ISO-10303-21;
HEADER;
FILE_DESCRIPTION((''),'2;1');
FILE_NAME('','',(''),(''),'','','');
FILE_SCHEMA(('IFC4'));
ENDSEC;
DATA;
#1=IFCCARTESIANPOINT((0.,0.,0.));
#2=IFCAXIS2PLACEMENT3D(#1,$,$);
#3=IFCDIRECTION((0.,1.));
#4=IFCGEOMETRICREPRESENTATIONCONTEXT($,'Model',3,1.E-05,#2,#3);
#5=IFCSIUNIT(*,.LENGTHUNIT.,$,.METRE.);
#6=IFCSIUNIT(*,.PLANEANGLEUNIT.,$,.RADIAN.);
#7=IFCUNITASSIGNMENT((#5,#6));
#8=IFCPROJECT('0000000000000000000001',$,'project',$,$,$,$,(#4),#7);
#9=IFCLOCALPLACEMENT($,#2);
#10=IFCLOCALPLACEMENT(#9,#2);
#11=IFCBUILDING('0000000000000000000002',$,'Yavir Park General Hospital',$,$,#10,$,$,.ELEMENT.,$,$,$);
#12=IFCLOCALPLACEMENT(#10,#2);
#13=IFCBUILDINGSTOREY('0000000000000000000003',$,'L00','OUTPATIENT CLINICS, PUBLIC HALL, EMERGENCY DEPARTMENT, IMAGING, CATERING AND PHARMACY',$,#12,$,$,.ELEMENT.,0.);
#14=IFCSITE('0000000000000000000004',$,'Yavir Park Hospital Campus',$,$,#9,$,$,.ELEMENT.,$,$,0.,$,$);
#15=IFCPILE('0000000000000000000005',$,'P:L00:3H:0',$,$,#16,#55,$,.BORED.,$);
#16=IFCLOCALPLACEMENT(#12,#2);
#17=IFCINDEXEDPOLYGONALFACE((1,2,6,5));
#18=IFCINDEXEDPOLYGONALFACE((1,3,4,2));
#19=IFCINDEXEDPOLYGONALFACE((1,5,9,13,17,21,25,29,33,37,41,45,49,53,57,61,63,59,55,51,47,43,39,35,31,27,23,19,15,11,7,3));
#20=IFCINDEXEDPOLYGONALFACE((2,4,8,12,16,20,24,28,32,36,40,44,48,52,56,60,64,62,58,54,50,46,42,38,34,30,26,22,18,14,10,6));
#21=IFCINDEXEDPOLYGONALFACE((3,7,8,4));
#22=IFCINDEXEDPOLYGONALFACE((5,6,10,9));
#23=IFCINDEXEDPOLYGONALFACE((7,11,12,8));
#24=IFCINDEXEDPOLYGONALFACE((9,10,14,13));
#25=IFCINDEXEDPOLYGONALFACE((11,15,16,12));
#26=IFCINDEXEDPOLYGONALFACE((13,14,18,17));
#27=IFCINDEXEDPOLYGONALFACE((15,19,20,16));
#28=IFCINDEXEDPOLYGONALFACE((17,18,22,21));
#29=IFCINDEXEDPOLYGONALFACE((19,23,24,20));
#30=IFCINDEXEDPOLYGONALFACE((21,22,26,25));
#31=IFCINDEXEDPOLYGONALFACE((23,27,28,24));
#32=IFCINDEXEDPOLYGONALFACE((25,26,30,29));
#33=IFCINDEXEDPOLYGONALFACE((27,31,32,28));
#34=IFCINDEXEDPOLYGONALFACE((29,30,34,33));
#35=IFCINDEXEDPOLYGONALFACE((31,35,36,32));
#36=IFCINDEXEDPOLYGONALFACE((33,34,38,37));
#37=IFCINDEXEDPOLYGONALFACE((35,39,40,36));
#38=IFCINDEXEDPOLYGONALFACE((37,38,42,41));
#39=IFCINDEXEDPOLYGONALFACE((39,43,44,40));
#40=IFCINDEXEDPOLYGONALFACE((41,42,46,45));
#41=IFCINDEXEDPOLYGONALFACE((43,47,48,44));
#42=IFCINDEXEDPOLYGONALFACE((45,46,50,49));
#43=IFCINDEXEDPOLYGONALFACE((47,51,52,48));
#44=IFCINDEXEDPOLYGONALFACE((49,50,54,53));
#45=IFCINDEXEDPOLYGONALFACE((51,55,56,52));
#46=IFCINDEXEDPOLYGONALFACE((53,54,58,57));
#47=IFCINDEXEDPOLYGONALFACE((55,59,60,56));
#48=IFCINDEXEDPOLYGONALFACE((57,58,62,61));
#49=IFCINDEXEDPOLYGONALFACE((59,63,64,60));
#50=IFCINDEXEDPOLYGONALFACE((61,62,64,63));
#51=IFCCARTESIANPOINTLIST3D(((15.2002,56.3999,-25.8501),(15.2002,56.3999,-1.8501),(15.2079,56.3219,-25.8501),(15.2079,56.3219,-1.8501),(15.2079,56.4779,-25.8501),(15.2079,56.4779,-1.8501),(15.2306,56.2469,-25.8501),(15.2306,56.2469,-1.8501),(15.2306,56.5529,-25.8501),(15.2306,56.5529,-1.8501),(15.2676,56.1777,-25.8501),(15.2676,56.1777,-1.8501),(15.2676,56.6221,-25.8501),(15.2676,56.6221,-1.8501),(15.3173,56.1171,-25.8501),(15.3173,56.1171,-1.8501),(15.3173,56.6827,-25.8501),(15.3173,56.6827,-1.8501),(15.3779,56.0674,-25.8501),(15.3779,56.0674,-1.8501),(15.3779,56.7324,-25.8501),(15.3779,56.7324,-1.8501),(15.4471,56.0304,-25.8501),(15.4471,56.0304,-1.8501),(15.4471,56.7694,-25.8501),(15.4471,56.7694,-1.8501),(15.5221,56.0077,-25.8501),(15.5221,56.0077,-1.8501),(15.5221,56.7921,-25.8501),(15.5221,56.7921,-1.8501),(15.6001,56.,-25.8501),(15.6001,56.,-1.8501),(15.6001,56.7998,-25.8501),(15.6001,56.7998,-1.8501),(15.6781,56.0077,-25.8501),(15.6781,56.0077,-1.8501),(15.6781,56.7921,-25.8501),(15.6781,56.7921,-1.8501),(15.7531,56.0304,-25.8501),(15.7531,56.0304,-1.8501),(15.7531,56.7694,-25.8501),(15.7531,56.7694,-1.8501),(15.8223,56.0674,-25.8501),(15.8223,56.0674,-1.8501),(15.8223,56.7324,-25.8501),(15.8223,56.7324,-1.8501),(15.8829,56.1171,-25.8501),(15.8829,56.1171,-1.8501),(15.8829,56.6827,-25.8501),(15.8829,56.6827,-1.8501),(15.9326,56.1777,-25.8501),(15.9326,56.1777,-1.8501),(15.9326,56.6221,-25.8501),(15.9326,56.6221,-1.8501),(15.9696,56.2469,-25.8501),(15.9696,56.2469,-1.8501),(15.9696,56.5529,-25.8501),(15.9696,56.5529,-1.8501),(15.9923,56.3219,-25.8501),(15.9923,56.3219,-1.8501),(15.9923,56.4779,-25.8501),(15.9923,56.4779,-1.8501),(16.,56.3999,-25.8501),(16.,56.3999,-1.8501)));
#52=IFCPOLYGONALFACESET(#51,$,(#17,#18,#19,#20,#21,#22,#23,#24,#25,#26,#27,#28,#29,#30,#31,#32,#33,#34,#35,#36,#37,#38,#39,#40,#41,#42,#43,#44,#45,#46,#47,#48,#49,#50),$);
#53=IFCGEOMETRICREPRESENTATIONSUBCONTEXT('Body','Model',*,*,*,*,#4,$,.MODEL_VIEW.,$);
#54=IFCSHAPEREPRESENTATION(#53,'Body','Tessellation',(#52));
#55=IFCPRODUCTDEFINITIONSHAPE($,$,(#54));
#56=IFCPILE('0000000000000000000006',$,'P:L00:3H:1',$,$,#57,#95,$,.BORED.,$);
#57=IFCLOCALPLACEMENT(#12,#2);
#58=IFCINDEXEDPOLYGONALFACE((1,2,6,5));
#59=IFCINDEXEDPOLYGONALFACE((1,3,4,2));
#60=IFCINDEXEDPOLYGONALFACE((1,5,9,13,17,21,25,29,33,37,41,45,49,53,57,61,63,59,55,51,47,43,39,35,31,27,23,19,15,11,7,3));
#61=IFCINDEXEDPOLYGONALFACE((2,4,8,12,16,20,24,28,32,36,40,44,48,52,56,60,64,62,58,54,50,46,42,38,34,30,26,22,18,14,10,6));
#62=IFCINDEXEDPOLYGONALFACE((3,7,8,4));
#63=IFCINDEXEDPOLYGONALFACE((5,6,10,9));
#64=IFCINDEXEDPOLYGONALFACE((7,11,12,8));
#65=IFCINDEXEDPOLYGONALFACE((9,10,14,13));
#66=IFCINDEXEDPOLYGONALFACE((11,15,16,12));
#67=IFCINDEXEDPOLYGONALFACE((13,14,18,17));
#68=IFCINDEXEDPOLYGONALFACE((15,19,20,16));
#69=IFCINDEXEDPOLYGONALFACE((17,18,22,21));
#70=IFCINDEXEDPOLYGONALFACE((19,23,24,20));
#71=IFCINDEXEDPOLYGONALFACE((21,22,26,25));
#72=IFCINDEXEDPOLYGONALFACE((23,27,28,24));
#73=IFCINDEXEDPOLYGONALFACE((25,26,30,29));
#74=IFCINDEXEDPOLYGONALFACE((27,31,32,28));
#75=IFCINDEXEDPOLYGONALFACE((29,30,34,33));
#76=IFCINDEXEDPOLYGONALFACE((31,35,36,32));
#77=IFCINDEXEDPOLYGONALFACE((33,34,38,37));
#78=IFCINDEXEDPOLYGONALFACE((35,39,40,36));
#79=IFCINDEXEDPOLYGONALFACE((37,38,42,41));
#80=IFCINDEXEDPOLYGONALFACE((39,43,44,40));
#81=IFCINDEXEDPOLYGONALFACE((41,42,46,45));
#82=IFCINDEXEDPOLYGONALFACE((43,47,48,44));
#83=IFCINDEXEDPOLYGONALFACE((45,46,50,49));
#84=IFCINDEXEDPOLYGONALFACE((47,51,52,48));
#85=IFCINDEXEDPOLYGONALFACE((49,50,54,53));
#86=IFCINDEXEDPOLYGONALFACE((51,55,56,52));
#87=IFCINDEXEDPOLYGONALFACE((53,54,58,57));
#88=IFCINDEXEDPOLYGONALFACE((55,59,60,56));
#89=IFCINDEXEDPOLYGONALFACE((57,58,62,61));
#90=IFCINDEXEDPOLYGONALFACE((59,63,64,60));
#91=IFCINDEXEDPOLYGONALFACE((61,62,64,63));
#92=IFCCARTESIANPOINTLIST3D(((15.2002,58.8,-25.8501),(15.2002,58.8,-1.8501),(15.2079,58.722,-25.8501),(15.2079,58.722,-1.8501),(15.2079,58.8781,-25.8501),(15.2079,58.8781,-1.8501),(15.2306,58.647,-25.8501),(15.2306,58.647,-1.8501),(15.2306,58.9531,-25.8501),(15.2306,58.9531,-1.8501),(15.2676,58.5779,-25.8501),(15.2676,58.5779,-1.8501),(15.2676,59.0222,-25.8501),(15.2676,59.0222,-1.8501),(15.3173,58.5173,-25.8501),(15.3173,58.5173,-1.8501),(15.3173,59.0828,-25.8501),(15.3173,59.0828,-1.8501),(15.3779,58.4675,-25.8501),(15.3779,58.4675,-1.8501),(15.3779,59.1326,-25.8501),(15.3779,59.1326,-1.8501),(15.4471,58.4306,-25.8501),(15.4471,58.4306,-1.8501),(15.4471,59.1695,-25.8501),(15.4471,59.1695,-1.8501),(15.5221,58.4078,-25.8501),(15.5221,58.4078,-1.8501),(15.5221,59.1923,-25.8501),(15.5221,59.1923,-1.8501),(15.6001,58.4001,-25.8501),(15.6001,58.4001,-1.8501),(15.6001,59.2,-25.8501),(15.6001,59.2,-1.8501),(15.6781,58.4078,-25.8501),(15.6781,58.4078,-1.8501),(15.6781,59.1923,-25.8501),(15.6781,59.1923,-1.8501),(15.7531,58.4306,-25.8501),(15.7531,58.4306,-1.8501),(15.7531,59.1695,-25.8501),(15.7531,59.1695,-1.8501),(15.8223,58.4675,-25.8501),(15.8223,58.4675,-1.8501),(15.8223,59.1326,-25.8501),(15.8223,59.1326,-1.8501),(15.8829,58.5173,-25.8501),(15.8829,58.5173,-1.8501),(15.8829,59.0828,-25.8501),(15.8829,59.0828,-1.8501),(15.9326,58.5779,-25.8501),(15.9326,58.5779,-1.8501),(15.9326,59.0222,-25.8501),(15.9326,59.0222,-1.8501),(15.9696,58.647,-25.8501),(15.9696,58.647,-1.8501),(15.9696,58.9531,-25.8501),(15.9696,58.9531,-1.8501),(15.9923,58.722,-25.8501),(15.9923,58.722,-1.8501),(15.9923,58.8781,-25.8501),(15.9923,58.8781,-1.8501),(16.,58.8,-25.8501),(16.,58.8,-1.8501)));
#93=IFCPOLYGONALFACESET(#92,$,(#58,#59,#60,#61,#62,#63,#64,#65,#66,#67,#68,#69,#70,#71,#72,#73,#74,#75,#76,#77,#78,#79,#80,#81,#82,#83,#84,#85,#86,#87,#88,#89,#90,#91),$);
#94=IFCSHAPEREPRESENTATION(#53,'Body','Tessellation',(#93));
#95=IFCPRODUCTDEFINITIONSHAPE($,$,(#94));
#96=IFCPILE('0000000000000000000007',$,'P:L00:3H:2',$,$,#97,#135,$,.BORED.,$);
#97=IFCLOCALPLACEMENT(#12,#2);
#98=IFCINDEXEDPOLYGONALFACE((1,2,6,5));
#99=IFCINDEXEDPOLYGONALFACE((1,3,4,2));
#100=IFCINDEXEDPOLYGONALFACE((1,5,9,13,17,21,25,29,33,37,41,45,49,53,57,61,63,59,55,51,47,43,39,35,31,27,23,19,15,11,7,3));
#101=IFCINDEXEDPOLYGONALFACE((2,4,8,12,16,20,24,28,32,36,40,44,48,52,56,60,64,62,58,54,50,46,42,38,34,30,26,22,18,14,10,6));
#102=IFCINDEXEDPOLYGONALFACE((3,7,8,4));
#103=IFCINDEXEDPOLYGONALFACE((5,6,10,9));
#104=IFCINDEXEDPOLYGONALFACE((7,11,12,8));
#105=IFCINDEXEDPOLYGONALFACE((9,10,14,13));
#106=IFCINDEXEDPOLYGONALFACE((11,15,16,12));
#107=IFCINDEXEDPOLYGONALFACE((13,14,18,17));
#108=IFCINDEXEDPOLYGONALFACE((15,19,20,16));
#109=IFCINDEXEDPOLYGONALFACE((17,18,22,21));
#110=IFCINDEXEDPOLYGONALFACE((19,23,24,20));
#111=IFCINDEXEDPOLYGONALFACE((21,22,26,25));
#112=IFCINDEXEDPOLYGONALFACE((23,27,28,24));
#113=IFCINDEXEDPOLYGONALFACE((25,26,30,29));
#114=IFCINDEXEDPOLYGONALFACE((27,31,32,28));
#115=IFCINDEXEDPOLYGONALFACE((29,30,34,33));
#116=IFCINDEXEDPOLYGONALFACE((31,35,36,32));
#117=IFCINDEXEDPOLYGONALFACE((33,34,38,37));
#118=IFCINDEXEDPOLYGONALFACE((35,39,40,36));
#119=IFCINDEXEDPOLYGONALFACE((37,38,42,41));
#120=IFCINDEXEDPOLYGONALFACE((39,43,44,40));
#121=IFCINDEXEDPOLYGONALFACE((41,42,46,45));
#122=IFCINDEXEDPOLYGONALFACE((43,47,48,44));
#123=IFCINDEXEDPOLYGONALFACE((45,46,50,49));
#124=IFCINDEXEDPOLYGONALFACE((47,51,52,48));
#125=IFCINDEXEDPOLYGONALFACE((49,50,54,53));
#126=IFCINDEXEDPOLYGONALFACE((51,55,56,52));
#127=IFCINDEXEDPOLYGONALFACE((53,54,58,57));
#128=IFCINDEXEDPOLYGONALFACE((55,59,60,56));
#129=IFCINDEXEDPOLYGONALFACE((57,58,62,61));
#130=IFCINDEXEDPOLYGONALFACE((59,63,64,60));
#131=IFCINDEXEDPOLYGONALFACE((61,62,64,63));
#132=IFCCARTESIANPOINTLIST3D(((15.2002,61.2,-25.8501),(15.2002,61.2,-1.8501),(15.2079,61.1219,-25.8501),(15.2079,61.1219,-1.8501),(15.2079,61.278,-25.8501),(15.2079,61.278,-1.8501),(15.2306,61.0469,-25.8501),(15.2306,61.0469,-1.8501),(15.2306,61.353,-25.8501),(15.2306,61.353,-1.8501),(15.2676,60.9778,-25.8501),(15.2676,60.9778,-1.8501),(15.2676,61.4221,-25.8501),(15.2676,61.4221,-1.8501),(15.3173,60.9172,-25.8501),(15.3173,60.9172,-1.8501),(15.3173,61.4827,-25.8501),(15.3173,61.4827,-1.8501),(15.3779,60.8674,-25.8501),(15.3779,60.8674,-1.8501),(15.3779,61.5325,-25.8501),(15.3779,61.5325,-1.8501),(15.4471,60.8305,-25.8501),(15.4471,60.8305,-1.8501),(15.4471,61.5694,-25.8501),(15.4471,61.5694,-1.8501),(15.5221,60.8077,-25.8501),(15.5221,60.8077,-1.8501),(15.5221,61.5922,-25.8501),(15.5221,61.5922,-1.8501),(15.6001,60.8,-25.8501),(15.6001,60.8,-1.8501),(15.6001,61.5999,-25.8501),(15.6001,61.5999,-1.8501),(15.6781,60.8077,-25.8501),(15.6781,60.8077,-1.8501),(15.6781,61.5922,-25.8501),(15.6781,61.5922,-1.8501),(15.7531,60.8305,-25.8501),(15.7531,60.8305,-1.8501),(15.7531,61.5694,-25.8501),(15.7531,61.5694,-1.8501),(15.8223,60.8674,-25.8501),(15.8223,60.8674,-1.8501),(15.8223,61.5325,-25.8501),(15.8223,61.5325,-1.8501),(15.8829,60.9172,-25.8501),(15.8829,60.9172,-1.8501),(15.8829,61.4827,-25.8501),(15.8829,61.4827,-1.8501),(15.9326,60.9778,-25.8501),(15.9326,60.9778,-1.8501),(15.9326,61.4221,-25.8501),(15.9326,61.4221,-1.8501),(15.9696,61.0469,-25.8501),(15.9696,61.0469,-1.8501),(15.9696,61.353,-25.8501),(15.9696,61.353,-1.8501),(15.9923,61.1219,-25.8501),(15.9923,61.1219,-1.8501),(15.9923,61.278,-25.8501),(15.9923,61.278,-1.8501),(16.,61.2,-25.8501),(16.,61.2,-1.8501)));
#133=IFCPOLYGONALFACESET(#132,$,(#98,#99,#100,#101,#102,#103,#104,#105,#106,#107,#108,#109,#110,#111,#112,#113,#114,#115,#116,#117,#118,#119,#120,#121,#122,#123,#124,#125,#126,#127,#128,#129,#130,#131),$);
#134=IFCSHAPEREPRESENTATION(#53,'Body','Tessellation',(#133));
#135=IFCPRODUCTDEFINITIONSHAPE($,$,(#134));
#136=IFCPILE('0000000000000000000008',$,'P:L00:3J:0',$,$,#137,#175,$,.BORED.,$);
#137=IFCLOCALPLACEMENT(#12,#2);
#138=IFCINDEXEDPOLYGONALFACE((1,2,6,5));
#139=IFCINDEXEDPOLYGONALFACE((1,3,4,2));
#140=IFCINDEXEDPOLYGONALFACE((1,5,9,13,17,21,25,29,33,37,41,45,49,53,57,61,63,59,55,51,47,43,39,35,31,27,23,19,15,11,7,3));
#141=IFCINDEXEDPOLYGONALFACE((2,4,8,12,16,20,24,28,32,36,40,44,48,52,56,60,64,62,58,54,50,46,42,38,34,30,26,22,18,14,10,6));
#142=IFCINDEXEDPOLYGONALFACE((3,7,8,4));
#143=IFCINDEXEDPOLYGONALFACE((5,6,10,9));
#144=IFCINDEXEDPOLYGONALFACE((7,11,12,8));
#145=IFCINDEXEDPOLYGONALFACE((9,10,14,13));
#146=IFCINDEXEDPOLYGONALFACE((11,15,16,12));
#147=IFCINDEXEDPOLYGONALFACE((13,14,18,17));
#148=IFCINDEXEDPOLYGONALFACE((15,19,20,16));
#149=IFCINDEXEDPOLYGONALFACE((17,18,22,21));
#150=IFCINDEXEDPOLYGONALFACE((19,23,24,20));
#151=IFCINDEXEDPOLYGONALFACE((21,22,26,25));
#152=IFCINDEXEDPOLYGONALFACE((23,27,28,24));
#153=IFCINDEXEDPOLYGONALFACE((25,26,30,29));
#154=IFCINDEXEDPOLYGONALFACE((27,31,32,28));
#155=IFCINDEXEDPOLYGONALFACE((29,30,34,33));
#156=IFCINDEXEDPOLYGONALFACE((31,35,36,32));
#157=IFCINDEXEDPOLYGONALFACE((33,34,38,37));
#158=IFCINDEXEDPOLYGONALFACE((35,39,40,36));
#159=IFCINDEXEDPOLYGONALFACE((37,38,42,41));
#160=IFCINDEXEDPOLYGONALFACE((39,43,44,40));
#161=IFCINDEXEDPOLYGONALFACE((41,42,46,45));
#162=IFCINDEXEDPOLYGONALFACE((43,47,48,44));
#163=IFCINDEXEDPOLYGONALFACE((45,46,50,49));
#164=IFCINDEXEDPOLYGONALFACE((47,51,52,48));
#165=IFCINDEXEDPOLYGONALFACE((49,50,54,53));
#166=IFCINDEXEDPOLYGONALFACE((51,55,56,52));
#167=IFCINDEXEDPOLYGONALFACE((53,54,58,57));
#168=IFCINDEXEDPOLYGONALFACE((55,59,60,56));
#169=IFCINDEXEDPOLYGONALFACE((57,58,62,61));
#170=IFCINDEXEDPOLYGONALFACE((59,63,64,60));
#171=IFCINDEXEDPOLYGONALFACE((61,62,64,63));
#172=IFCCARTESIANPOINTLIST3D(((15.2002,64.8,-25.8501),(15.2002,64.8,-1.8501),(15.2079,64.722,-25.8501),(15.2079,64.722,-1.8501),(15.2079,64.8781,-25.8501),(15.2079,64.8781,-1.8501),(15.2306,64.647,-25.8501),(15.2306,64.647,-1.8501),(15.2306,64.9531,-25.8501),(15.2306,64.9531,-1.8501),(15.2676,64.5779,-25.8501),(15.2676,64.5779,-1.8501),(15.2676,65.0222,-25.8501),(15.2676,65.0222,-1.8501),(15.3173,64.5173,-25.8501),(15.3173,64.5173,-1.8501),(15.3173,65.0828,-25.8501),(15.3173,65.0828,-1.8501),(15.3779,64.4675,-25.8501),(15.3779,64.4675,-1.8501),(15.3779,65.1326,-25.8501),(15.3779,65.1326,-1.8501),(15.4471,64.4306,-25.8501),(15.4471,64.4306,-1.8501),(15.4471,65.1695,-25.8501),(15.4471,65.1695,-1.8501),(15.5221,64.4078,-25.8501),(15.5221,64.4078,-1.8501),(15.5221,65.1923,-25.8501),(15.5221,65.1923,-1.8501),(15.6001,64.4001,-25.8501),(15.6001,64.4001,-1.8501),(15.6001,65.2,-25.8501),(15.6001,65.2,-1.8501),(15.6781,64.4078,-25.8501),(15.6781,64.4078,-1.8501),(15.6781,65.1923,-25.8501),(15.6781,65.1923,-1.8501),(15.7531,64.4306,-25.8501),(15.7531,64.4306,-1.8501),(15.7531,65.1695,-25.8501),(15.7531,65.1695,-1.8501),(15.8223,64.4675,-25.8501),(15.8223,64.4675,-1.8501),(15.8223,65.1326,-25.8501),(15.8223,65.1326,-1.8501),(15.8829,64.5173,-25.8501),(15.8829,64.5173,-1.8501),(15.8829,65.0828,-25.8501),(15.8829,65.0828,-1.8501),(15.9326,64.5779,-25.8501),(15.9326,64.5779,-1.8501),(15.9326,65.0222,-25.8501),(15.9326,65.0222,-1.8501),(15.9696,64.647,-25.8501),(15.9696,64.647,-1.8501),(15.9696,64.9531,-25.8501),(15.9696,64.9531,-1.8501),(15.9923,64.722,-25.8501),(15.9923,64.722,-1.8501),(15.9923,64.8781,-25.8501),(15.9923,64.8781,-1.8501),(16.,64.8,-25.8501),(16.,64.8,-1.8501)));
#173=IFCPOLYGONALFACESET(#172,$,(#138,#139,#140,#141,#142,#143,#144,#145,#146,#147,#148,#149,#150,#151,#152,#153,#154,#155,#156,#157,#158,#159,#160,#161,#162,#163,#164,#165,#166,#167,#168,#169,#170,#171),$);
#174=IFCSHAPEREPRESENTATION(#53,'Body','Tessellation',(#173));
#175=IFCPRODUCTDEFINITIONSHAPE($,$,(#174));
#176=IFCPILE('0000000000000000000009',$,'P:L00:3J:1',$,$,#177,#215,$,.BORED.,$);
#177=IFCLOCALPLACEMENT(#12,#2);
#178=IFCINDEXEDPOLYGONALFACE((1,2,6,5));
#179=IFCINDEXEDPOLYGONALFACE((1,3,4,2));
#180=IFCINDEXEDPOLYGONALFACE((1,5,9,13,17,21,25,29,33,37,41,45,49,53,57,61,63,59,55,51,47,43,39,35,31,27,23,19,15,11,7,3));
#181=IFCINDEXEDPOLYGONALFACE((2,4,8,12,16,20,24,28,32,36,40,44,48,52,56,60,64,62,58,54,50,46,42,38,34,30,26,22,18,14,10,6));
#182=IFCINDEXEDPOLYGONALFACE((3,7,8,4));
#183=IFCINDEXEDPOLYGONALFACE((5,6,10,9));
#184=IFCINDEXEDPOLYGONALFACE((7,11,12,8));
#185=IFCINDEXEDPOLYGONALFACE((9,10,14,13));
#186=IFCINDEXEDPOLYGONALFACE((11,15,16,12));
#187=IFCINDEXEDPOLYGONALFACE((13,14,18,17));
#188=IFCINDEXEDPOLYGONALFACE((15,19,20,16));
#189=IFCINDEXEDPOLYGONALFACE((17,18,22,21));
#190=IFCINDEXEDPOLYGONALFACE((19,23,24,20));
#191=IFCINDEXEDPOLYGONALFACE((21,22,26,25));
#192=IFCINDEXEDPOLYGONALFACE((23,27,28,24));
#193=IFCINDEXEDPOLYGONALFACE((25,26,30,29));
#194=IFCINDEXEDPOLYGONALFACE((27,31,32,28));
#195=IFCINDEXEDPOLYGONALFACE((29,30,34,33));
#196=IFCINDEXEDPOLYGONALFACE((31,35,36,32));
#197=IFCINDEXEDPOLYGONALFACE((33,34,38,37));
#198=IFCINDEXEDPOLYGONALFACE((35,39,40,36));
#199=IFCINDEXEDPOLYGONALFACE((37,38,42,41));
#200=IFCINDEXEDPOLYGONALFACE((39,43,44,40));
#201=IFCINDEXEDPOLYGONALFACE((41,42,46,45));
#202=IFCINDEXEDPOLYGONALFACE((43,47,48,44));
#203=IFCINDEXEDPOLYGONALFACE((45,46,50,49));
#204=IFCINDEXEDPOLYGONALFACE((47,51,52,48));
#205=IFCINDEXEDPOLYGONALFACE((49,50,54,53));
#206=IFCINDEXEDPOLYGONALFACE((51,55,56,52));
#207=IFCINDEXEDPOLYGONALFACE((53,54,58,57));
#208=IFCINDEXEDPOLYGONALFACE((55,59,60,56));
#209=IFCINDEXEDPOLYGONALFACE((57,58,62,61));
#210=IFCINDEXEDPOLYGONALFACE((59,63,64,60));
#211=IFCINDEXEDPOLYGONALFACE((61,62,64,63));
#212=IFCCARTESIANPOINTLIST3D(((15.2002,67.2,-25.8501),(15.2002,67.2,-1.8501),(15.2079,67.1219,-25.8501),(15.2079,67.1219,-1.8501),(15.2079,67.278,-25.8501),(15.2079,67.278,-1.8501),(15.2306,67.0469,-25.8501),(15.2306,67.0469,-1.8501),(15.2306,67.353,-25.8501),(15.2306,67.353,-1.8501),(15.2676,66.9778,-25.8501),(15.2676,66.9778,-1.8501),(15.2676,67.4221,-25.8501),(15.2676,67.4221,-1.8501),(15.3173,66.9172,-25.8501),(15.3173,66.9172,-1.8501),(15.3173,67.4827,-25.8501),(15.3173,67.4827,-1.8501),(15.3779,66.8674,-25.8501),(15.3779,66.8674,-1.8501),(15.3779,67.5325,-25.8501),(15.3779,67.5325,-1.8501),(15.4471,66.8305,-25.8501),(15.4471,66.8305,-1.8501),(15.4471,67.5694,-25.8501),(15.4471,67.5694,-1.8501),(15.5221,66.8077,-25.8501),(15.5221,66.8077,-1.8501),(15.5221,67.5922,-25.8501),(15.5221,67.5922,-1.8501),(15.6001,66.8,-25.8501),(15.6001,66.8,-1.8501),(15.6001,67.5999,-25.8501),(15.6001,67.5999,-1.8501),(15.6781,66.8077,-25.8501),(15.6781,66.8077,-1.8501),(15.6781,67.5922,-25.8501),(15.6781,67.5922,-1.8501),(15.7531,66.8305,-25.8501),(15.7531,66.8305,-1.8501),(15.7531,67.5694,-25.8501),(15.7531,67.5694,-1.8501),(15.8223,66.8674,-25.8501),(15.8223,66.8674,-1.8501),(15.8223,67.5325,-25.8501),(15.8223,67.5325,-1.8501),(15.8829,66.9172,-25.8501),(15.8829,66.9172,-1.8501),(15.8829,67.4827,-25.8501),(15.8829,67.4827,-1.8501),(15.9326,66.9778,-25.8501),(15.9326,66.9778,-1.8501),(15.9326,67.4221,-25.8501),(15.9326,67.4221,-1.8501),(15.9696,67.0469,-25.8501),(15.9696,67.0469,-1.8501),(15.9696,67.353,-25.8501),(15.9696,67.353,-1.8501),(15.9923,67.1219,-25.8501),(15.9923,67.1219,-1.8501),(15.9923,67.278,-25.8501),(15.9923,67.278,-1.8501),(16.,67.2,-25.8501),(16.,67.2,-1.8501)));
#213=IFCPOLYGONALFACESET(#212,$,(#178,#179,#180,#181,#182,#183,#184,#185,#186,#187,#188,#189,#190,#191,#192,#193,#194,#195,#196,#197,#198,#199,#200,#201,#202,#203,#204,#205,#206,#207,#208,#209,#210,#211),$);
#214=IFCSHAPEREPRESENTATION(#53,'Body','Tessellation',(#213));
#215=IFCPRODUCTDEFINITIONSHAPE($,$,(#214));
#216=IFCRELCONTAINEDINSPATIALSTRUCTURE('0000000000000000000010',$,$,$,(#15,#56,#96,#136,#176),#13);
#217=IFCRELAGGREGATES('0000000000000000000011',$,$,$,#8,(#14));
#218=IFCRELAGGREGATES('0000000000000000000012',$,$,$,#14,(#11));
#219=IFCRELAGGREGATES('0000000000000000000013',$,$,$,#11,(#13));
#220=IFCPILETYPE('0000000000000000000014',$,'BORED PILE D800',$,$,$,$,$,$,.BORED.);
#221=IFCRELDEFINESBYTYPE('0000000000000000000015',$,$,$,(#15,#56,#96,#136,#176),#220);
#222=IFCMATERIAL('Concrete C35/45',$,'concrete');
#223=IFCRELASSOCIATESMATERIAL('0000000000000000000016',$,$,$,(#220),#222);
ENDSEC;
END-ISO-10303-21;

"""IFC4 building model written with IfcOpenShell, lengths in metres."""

from ifc_helpers import new_model, si_unit, direction, frame, origin, origin_2d, place, context, subcontext, project, spatial, circle, extrude, material, material_profile, profile_set, type_object, element, save


model = new_model("IFC4")

# Units and contexts
model_context = context("Model", 3, precision=1e-05, world=origin(), true_north=direction((0.0, 1.0)))
body_context = subcontext(model_context, "Body", "Model", "MODEL_VIEW")
ifc_project = project(units=[si_unit("LENGTHUNIT", "METRE"), si_unit("PLANEANGLEUNIT", "RADIAN")], contexts=[model_context])

# Site, building, storey
site_placement = place(None, origin())
site = spatial("IfcSite", under=ifc_project, at=site_placement, Name="Yavir Park Hospital Campus", CompositionType="ELEMENT", RefElevation=0.0)
building_placement = place(site_placement, origin())
building = spatial("IfcBuilding", under=site, at=building_placement, Name="Yavir Park General Hospital", CompositionType="ELEMENT")
storey_placement = place(building_placement, origin())
storey = spatial("IfcBuildingStorey", under=building, at=storey_placement, Name="L00", Description="OUTPATIENT CLINICS, PUBLIC HALL, EMERGENCY DEPARTMENT, IMAGING, CATERING AND PHARMACY", CompositionType="ELEMENT", Elevation=0.0)

# Piles
ifc_material_1 = material(Name="Concrete C35/45", Category="concrete")
ifc_material_profile_1 = material_profile(ifc_material_1, circle(Radius=0.3999, at=origin_2d()), Name="D800")
ifc_profile_set_1 = profile_set([ifc_material_profile_1], Name="Concrete C35/45")
pile_type_1 = type_object("IfcPileType", Name="BORED PILE D800", PredefinedType="BORED", material=ifc_profile_set_1)
for number, where, z_axis, x_axis, name in (
    (1, (15.6001, 56.3999, -1.8501), (0.0, 0.0, -1.0), (1.0, 0.0, 0.0), "P:L00:3H:0"),
    (2, (15.6001, 58.8, -1.8501), (0.0, 0.0, -1.0), (1.0, 0.0, 0.0), "P:L00:3H:1"),
    (3, (15.6001, 61.2, -1.8501), (0.0, 0.0, -1.0), (1.0, 0.0, 0.0), "P:L00:3H:2"),
    (4, (15.6001, 64.8, -1.8501), (0.0, 0.0, -1.0), (1.0, 0.0, 0.0), "P:L00:3J:0"),
    (5, (15.6001, 67.2, -1.8501), (0.0, 0.0, -1.0), (1.0, 0.0, 0.0), "P:L00:3J:1"),
):
    element("IfcPile", number, at=place(storey_placement, frame(where, z_axis=z_axis, x_axis=x_axis)), inside=storey, type_object=pile_type_1, Name=name, PredefinedType="BORED", context=body_context, shape_type="SweptSolid", body=[
        extrude(circle(Radius=0.3999, at=origin_2d()), origin(), (0.0, 0.0, 1.0), 24.0),
    ])

save(model, "model.ifc")
